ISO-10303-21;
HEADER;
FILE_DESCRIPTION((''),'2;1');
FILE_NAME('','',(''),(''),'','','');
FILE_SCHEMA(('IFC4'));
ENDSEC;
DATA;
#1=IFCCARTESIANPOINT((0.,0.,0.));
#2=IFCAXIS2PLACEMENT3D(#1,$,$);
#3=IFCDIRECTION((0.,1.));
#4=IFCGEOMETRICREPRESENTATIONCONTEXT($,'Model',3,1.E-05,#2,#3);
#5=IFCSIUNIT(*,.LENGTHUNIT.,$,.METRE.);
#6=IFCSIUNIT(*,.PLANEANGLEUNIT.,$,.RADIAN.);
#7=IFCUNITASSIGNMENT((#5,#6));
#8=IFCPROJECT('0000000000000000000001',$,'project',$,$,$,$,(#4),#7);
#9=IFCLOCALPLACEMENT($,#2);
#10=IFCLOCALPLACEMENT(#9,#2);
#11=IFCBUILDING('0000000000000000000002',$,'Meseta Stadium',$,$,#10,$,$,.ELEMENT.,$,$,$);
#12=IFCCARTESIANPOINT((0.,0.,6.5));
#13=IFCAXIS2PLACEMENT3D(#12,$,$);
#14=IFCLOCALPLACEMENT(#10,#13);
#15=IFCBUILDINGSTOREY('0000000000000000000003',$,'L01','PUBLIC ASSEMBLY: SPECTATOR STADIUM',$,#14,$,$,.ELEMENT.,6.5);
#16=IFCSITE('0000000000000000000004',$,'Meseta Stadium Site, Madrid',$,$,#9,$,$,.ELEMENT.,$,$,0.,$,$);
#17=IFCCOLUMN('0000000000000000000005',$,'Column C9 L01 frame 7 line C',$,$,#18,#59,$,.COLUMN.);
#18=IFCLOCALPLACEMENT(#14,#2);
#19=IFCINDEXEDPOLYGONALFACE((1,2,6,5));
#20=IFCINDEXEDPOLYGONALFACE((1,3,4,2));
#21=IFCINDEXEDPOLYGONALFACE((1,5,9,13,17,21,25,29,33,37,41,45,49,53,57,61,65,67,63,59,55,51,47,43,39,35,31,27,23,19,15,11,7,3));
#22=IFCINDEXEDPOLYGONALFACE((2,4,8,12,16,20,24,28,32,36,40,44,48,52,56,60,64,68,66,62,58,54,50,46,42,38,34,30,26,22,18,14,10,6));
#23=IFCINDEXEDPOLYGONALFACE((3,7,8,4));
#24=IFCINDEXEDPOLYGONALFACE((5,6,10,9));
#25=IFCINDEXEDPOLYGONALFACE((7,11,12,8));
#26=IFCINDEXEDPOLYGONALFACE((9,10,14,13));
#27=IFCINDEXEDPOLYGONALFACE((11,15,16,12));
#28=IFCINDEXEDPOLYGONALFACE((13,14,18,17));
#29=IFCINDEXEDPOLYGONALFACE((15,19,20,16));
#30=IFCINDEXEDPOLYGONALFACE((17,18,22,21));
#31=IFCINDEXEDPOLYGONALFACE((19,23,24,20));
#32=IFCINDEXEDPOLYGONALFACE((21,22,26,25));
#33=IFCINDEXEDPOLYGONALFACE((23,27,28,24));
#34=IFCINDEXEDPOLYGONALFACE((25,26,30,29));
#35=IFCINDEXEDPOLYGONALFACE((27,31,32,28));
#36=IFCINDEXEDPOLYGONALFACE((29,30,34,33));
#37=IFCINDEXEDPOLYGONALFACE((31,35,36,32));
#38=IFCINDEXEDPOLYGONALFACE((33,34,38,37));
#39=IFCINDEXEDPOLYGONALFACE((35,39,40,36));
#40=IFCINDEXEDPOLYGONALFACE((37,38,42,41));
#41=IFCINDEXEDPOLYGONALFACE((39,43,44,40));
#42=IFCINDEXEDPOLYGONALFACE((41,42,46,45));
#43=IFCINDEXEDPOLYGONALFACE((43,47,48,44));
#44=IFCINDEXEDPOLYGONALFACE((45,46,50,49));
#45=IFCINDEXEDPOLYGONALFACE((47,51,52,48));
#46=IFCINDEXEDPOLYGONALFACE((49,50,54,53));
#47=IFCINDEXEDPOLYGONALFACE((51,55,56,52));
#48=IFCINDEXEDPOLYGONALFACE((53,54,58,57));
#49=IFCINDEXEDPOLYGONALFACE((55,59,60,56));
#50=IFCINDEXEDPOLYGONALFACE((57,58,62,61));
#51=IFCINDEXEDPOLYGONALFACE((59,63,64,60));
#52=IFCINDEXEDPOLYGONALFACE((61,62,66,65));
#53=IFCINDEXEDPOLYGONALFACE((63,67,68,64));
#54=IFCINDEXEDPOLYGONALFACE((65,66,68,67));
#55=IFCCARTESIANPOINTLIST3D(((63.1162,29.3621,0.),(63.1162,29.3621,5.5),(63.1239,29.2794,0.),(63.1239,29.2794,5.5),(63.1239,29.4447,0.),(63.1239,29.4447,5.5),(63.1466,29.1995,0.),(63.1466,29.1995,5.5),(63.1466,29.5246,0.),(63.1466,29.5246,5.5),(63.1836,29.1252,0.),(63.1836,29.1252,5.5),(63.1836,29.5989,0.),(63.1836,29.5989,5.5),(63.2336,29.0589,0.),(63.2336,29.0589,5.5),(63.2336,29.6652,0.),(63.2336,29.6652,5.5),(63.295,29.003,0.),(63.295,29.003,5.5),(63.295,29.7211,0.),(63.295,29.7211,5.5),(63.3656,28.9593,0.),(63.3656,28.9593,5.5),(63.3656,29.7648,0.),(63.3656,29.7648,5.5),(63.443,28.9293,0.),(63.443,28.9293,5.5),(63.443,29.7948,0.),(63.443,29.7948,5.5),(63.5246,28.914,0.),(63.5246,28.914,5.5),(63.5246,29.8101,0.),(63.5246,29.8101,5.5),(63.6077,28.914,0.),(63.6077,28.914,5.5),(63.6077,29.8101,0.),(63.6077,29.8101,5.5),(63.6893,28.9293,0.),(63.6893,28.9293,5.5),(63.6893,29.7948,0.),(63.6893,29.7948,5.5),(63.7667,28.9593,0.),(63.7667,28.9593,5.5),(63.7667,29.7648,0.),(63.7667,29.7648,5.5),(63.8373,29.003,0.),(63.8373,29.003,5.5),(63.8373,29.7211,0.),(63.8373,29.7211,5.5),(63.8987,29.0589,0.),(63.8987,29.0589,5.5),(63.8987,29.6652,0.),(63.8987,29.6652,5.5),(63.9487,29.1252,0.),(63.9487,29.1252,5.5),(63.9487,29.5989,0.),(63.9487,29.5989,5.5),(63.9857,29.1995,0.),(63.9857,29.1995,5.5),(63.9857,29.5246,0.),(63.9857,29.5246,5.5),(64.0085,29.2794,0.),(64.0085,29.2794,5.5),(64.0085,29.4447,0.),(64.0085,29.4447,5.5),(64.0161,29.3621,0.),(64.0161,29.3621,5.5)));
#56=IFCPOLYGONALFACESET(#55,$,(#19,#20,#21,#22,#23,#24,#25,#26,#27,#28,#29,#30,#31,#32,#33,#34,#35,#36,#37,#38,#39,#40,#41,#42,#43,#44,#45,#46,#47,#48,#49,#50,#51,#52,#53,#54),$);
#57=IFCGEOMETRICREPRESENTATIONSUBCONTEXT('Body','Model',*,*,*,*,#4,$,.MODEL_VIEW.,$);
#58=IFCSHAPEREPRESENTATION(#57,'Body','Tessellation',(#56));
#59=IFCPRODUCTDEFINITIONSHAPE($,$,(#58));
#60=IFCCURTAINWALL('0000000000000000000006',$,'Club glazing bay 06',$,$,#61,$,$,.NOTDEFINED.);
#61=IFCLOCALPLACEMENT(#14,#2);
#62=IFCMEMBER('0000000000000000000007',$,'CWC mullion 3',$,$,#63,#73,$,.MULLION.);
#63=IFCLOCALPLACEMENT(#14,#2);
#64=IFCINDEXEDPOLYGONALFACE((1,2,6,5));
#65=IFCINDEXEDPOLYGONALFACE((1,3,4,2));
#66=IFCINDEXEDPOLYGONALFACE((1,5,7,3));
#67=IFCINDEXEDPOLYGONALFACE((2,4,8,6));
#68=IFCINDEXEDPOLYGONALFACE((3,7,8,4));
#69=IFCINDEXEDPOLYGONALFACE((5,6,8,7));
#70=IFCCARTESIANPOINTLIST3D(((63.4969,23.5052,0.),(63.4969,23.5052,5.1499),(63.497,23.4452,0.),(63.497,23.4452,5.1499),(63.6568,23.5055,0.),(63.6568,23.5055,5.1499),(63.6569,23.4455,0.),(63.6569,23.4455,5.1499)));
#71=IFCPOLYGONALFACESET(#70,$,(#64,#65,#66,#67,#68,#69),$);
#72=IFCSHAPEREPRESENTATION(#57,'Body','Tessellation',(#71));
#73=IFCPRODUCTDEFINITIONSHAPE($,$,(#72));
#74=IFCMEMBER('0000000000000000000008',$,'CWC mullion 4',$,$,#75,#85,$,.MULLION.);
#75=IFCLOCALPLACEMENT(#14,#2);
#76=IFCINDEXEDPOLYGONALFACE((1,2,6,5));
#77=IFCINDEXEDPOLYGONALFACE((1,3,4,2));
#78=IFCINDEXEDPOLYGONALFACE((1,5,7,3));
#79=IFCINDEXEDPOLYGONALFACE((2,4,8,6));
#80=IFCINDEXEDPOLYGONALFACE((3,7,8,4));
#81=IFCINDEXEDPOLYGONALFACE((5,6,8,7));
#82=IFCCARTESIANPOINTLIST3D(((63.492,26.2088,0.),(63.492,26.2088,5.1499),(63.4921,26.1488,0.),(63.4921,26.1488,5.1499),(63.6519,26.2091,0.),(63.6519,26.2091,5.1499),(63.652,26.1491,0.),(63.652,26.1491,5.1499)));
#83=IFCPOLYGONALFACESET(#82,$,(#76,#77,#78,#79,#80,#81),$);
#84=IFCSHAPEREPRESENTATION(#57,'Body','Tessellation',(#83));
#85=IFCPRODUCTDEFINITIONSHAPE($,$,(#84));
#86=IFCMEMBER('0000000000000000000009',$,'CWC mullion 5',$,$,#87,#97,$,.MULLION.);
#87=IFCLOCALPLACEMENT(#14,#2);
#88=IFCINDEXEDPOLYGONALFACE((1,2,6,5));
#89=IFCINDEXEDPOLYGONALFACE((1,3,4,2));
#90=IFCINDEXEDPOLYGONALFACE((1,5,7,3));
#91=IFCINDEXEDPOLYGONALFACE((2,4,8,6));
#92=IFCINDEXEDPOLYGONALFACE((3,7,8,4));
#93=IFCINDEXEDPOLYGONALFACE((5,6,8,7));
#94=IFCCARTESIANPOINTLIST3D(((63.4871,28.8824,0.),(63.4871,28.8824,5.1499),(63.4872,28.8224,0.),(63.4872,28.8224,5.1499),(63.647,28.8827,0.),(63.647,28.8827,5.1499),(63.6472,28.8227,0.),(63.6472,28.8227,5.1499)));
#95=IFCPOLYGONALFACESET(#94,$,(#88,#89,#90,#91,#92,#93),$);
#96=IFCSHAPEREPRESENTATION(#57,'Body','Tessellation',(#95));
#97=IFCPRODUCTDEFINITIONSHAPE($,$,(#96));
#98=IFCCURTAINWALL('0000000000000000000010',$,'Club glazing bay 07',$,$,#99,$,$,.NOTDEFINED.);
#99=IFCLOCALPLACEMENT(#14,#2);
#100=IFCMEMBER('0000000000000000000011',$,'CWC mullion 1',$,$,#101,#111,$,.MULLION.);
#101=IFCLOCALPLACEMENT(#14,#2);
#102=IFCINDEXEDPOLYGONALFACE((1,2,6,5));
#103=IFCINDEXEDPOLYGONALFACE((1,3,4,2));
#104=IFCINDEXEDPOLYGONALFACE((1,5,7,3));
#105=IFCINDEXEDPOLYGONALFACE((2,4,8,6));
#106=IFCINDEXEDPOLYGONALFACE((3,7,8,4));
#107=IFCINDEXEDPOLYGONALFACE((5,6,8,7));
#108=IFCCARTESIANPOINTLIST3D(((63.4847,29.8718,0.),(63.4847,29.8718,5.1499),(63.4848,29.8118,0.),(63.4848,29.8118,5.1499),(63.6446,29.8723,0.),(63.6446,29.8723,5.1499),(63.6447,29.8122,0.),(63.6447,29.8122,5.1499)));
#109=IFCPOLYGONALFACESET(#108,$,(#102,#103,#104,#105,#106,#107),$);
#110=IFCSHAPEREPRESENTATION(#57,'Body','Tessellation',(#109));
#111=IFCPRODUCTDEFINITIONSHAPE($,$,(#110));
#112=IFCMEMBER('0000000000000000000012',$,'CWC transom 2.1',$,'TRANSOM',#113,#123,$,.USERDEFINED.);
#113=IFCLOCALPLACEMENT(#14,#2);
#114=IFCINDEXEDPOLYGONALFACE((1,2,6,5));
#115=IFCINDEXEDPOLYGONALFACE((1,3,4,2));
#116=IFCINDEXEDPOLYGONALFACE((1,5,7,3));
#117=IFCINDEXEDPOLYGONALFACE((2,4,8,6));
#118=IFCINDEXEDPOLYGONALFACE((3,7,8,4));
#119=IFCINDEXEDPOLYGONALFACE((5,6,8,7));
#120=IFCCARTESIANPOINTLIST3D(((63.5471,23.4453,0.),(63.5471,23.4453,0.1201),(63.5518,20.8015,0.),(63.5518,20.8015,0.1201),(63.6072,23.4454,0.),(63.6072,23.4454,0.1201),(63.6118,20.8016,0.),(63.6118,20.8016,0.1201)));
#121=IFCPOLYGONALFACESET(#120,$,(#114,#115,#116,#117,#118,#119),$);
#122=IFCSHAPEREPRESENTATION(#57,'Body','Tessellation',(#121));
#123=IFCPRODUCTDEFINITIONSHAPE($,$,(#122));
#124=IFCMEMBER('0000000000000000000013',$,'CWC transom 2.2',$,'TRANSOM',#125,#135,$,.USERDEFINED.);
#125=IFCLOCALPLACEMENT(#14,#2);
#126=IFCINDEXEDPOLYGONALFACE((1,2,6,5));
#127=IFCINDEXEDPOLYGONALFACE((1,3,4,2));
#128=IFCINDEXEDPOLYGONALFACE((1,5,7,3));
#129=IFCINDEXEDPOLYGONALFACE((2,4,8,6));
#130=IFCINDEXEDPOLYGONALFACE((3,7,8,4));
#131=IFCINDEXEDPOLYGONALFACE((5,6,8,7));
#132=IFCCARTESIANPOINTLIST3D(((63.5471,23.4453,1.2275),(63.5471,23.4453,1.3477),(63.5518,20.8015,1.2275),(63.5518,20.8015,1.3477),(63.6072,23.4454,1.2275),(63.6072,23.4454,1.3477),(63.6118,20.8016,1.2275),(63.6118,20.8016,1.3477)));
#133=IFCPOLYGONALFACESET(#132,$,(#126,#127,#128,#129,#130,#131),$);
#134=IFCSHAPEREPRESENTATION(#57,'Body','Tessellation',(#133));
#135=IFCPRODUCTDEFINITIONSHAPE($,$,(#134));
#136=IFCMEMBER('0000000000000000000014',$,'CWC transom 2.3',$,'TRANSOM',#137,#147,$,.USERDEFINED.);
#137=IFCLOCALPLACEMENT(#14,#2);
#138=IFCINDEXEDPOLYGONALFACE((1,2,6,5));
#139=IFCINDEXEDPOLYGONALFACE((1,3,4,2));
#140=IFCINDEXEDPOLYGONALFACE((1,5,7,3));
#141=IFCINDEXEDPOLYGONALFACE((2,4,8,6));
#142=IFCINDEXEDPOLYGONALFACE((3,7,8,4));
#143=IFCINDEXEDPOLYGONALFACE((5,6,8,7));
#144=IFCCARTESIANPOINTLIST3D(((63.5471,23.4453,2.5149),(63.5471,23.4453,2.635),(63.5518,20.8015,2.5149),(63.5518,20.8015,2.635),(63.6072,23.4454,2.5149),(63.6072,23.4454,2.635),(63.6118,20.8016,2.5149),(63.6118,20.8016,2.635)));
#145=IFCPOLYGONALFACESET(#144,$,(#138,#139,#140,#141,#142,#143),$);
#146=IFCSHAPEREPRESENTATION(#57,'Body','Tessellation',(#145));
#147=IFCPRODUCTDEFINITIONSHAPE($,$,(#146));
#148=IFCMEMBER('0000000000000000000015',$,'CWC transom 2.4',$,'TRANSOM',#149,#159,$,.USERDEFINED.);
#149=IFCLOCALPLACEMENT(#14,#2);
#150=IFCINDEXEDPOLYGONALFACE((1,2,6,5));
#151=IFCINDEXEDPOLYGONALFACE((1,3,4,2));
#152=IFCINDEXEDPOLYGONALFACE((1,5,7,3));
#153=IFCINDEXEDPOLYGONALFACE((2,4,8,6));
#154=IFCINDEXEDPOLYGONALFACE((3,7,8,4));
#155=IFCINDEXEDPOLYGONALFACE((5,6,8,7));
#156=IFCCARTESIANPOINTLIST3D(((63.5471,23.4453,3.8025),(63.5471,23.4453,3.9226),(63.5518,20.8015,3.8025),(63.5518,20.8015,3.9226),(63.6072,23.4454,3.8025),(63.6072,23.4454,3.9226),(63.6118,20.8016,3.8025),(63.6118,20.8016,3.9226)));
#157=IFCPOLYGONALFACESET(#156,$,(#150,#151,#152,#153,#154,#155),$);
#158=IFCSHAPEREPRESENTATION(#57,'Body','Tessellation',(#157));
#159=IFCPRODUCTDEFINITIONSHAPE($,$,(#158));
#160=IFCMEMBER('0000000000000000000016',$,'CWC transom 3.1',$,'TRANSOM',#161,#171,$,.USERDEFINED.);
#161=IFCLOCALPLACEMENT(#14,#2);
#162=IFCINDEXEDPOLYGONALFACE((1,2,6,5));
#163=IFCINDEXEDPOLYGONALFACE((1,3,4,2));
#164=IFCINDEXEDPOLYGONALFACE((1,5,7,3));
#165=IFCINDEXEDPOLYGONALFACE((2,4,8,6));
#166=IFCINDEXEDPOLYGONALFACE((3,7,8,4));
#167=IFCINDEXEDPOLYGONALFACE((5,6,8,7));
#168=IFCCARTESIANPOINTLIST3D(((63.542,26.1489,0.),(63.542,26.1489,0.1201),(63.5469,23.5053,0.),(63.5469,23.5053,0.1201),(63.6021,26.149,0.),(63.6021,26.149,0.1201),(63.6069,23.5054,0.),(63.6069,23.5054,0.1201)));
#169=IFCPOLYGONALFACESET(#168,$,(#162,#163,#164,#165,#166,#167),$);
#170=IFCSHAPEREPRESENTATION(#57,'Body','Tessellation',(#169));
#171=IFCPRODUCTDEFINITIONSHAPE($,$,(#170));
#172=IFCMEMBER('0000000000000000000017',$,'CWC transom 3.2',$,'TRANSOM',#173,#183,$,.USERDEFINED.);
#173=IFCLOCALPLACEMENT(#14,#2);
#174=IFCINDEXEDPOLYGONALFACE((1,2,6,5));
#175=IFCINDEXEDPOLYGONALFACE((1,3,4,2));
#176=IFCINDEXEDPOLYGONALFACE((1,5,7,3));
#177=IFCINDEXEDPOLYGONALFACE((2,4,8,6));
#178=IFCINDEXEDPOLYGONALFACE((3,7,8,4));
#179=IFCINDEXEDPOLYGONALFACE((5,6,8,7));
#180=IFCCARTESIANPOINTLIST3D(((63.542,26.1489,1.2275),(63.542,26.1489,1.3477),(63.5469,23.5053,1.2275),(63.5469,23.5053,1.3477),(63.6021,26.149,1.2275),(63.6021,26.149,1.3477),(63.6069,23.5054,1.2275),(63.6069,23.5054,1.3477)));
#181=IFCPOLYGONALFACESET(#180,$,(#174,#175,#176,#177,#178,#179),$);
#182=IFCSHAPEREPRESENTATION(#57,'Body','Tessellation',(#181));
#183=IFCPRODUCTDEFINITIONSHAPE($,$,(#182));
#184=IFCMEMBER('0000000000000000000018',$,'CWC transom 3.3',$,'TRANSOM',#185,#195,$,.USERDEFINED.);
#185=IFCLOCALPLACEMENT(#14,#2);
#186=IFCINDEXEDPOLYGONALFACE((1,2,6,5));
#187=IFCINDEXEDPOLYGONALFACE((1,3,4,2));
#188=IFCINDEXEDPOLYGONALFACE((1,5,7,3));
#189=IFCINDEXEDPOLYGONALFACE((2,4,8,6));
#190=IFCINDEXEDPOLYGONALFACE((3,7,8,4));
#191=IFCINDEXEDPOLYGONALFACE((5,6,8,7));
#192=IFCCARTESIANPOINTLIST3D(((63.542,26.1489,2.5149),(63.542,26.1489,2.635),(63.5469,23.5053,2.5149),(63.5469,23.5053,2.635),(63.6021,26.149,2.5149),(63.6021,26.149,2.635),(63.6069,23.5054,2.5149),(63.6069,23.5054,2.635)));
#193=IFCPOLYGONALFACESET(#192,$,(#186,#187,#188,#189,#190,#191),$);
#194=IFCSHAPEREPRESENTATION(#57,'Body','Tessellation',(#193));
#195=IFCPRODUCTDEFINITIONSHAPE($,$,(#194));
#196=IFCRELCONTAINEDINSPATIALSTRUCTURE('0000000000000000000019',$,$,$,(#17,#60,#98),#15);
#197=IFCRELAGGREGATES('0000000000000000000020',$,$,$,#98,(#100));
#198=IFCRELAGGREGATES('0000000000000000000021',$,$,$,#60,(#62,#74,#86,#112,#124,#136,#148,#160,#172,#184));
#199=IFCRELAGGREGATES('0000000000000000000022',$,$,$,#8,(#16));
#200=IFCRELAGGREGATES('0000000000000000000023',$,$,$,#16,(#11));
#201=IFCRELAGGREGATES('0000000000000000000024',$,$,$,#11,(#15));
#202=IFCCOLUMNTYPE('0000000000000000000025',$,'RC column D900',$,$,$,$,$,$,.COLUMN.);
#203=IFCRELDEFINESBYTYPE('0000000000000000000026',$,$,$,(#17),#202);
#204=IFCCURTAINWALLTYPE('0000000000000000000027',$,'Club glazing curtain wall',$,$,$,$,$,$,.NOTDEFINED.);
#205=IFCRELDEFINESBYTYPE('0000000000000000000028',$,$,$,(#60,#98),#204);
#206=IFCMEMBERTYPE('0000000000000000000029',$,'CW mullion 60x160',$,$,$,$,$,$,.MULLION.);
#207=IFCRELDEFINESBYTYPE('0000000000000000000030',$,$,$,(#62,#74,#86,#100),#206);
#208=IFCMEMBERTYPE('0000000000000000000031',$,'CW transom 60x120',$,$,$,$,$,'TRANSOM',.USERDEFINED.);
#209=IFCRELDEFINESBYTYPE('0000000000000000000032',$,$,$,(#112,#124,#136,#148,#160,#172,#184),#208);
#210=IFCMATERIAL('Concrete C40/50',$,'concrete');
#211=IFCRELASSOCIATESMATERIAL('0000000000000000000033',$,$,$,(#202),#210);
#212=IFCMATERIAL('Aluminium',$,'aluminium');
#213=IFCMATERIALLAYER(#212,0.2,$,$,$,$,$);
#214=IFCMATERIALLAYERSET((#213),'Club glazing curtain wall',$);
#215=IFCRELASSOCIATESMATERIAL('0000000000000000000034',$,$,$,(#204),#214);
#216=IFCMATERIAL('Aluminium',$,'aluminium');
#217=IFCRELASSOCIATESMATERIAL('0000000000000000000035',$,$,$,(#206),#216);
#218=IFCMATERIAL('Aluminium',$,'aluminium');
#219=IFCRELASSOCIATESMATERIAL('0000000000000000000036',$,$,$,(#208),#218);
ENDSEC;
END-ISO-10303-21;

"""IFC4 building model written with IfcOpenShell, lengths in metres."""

from ifc_helpers import new_model, si_unit, direction, frame, origin, origin_2d, place, context, subcontext, project, spatial, rectangle, circle, extrude, material, layer, layer_set, material_profile, profile_set, type_object, element, aggregate, save


model = new_model("IFC4")

# Units and contexts
model_context = context("Model", 3, precision=1e-05, world=origin(), true_north=direction((0.0, 1.0)))
body_context = subcontext(model_context, "Body", "Model", "MODEL_VIEW")
ifc_project = project(units=[si_unit("LENGTHUNIT", "METRE"), si_unit("PLANEANGLEUNIT", "RADIAN")], contexts=[model_context])

# Site, building, storey
site_placement = place(None, origin())
site = spatial("IfcSite", under=ifc_project, at=site_placement, Name="Meseta Stadium Site, Madrid", CompositionType="ELEMENT", RefElevation=0.0)
building_placement = place(site_placement, origin())
building = spatial("IfcBuilding", under=site, at=building_placement, Name="Meseta Stadium", CompositionType="ELEMENT")
storey_placement = place(building_placement, frame((0.0, 0.0, 6.5)))
storey = spatial("IfcBuildingStorey", under=building, at=storey_placement, Name="L01", Description="PUBLIC ASSEMBLY: SPECTATOR STADIUM", CompositionType="ELEMENT", Elevation=6.5)

# Column
ifc_material_1 = material(Name="Concrete C40/50", Category="concrete")
ifc_material_profile_1 = material_profile(ifc_material_1, circle(Radius=0.45, at=origin_2d()), Name="RC D900")
ifc_profile_set_1 = profile_set([ifc_material_profile_1], Name="Concrete C40/50")
column_type = type_object("IfcColumnType", Name="RC column D900", PredefinedType="COLUMN", material=ifc_profile_set_1)
column_placement = place(storey_placement, frame((63.5662, 29.3621, 0.0), z_axis=(0.0, 0.0, 1.0), x_axis=(1.0, 0.0, 0.0)))
element("IfcColumn", 1, at=column_placement, inside=storey, type_object=column_type, Name="Column C9 L01 frame 7 line C", PredefinedType="COLUMN", context=body_context, shape_type="SweptSolid", body=[
    extrude(circle(Radius=0.45, at=origin_2d()), origin(), (0.0, 0.0, 1.0), 5.5),
])

# Curtain wall, members
ifc_material_2 = material(Name="Aluminium", Category="aluminium")
ifc_layer_1 = layer(ifc_material_2, 0.2)
ifc_layer_set_1 = layer_set([ifc_layer_1], Name="Club glazing curtain wall")
curtain_wall_type = type_object("IfcCurtainWallType", Name="Club glazing curtain wall", PredefinedType="NOTDEFINED", material=ifc_layer_set_1)
curtain_wall_1_placement = place(storey_placement, origin())
curtain_wall_1 = element("IfcCurtainWall", 2, at=curtain_wall_1_placement, inside=storey, type_object=curtain_wall_type, Name="Club glazing bay 06", PredefinedType="NOTDEFINED")
ifc_material_3 = material(Name="Aluminium", Category="aluminium")
ifc_material_profile_2 = material_profile(ifc_material_3, rectangle(XDim=0.1599, YDim=0.0601, at=origin_2d()), Name="CW 160x60")
ifc_profile_set_2 = profile_set([ifc_material_profile_2], Name="Aluminium")
member_type_1 = type_object("IfcMemberType", Name="CW mullion 60x160", PredefinedType="MULLION", material=ifc_profile_set_2)
member_1_placement = place(storey_placement, frame((63.5769, 23.4753, 0.0), z_axis=(0.0, 0.0, 1.0), x_axis=(-0.999998, -0.001845, 0.0)))
member_1 = element("IfcMember", 3, at=member_1_placement, type_object=member_type_1, Name="CWC mullion 3", PredefinedType="MULLION", context=body_context, shape_type="SweptSolid", body=[
    extrude(rectangle(XDim=0.1599, YDim=0.0601, at=origin_2d()), origin(), (0.0, 0.0, 1.0), 5.1499),
])
member_2_placement = place(storey_placement, frame((63.572, 26.179, 0.0), z_axis=(0.0, 0.0, 1.0), x_axis=(-0.999998, -0.001845, 0.0)))
member_2 = element("IfcMember", 4, at=member_2_placement, type_object=member_type_1, Name="CWC mullion 4", PredefinedType="MULLION", context=body_context, shape_type="SweptSolid", body=[
    extrude(rectangle(XDim=0.1599, YDim=0.0601, at=origin_2d()), origin(), (0.0, 0.0, 1.0), 5.1499),
])
member_3_placement = place(storey_placement, frame((63.5671, 28.8525, 0.0), z_axis=(0.0, 0.0, 1.0), x_axis=(-0.999998, -0.001845, 0.0)))
member_3 = element("IfcMember", 5, at=member_3_placement, type_object=member_type_1, Name="CWC mullion 5", PredefinedType="MULLION", context=body_context, shape_type="SweptSolid", body=[
    extrude(rectangle(XDim=0.1599, YDim=0.0601, at=origin_2d()), origin(), (0.0, 0.0, 1.0), 5.1499),
])

# Curtain wall, member
curtain_wall_2_placement = place(storey_placement, origin())
curtain_wall_2 = element("IfcCurtainWall", 6, at=curtain_wall_2_placement, inside=storey, type_object=curtain_wall_type, Name="Club glazing bay 07", PredefinedType="NOTDEFINED")
member_4_placement = place(storey_placement, frame((63.5647, 29.842, 0.0), z_axis=(0.0, 0.0, 1.0), x_axis=(-0.999996, -0.002758, 0.0)))
member_4 = element("IfcMember", 7, at=member_4_placement, type_object=member_type_1, Name="CWC mullion 1", PredefinedType="MULLION", context=body_context, shape_type="SweptSolid", body=[
    extrude(rectangle(XDim=0.1599, YDim=0.0601, at=origin_2d()), origin(), (0.0, 0.0, 1.0), 5.1499),
])

# Members
ifc_material_4 = material(Name="Aluminium", Category="aluminium")
ifc_material_profile_3 = material_profile(ifc_material_4, rectangle(XDim=0.0601, YDim=0.1201, at=origin_2d()), Name="CW 60x120")
ifc_profile_set_3 = profile_set([ifc_material_profile_3], Name="Aluminium")
member_type_2 = type_object("IfcMemberType", Name="CW transom 60x120", ElementType="TRANSOM", PredefinedType="USERDEFINED", material=ifc_profile_set_3)
member_5_placement = place(storey_placement, frame((63.5818, 20.8015, 0.0601), z_axis=(-0.001755, 0.999998, 0.0), x_axis=(-0.999998, -0.001755, 0.0)))
member_5 = element("IfcMember", 8, at=member_5_placement, type_object=member_type_2, Name="CWC transom 2.1", ObjectType="TRANSOM", PredefinedType="USERDEFINED", context=body_context, shape_type="SweptSolid", body=[
    extrude(rectangle(XDim=0.0601, YDim=0.1201, at=origin_2d()), origin(), (0.0, 0.0, 1.0), 2.6438),
])
member_6_placement = place(storey_placement, frame((63.5818, 20.8015, 1.2876), z_axis=(-0.001755, 0.999998, 0.0), x_axis=(-0.999998, -0.001755, 0.0)))
member_6 = element("IfcMember", 9, at=member_6_placement, type_object=member_type_2, Name="CWC transom 2.2", ObjectType="TRANSOM", PredefinedType="USERDEFINED", context=body_context, shape_type="SweptSolid", body=[
    extrude(rectangle(XDim=0.0601, YDim=0.1201, at=origin_2d()), origin(), (0.0, 0.0, 1.0), 2.6438),
])
member_7_placement = place(storey_placement, frame((63.5818, 20.8015, 2.575), z_axis=(-0.001755, 0.999998, 0.0), x_axis=(-0.999998, -0.001755, 0.0)))
member_7 = element("IfcMember", 10, at=member_7_placement, type_object=member_type_2, Name="CWC transom 2.3", ObjectType="TRANSOM", PredefinedType="USERDEFINED", context=body_context, shape_type="SweptSolid", body=[
    extrude(rectangle(XDim=0.0601, YDim=0.1201, at=origin_2d()), origin(), (0.0, 0.0, 1.0), 2.6438),
])
member_8_placement = place(storey_placement, frame((63.5818, 20.8015, 3.8625), z_axis=(-0.001755, 0.999998, 0.0), x_axis=(-0.999998, -0.001755, 0.0)))
member_8 = element("IfcMember", 11, at=member_8_placement, type_object=member_type_2, Name="CWC transom 2.4", ObjectType="TRANSOM", PredefinedType="USERDEFINED", context=body_context, shape_type="SweptSolid", body=[
    extrude(rectangle(XDim=0.0601, YDim=0.1201, at=origin_2d()), origin(), (0.0, 0.0, 1.0), 2.6438),
])
member_9_placement = place(storey_placement, frame((63.5769, 23.5054, 0.0601), z_axis=(-0.001847, 0.999998, 0.0), x_axis=(-0.999998, -0.001847, 0.0)))
member_9 = element("IfcMember", 12, at=member_9_placement, type_object=member_type_2, Name="CWC transom 3.1", ObjectType="TRANSOM", PredefinedType="USERDEFINED", context=body_context, shape_type="SweptSolid", body=[
    extrude(rectangle(XDim=0.0601, YDim=0.1201, at=origin_2d()), origin(), (0.0, 0.0, 1.0), 2.6436),
])
member_10_placement = place(storey_placement, frame((63.5769, 23.5054, 1.2876), z_axis=(-0.001847, 0.999998, 0.0), x_axis=(-0.999998, -0.001847, 0.0)))
member_10 = element("IfcMember", 13, at=member_10_placement, type_object=member_type_2, Name="CWC transom 3.2", ObjectType="TRANSOM", PredefinedType="USERDEFINED", context=body_context, shape_type="SweptSolid", body=[
    extrude(rectangle(XDim=0.0601, YDim=0.1201, at=origin_2d()), origin(), (0.0, 0.0, 1.0), 2.6436),
])
member_11_placement = place(storey_placement, frame((63.5769, 23.5054, 2.575), z_axis=(-0.001847, 0.999998, 0.0), x_axis=(-0.999998, -0.001847, 0.0)))
member_11 = element("IfcMember", 14, at=member_11_placement, type_object=member_type_2, Name="CWC transom 3.3", ObjectType="TRANSOM", PredefinedType="USERDEFINED", context=body_context, shape_type="SweptSolid", body=[
    extrude(rectangle(XDim=0.0601, YDim=0.1201, at=origin_2d()), origin(), (0.0, 0.0, 1.0), 2.6436),
])
aggregate(curtain_wall_2, [member_4])

aggregate(curtain_wall_1, [member_1, member_2, member_3, member_5, member_6, member_7, member_8, member_9, member_10, member_11])

save(model, "model.ifc")
